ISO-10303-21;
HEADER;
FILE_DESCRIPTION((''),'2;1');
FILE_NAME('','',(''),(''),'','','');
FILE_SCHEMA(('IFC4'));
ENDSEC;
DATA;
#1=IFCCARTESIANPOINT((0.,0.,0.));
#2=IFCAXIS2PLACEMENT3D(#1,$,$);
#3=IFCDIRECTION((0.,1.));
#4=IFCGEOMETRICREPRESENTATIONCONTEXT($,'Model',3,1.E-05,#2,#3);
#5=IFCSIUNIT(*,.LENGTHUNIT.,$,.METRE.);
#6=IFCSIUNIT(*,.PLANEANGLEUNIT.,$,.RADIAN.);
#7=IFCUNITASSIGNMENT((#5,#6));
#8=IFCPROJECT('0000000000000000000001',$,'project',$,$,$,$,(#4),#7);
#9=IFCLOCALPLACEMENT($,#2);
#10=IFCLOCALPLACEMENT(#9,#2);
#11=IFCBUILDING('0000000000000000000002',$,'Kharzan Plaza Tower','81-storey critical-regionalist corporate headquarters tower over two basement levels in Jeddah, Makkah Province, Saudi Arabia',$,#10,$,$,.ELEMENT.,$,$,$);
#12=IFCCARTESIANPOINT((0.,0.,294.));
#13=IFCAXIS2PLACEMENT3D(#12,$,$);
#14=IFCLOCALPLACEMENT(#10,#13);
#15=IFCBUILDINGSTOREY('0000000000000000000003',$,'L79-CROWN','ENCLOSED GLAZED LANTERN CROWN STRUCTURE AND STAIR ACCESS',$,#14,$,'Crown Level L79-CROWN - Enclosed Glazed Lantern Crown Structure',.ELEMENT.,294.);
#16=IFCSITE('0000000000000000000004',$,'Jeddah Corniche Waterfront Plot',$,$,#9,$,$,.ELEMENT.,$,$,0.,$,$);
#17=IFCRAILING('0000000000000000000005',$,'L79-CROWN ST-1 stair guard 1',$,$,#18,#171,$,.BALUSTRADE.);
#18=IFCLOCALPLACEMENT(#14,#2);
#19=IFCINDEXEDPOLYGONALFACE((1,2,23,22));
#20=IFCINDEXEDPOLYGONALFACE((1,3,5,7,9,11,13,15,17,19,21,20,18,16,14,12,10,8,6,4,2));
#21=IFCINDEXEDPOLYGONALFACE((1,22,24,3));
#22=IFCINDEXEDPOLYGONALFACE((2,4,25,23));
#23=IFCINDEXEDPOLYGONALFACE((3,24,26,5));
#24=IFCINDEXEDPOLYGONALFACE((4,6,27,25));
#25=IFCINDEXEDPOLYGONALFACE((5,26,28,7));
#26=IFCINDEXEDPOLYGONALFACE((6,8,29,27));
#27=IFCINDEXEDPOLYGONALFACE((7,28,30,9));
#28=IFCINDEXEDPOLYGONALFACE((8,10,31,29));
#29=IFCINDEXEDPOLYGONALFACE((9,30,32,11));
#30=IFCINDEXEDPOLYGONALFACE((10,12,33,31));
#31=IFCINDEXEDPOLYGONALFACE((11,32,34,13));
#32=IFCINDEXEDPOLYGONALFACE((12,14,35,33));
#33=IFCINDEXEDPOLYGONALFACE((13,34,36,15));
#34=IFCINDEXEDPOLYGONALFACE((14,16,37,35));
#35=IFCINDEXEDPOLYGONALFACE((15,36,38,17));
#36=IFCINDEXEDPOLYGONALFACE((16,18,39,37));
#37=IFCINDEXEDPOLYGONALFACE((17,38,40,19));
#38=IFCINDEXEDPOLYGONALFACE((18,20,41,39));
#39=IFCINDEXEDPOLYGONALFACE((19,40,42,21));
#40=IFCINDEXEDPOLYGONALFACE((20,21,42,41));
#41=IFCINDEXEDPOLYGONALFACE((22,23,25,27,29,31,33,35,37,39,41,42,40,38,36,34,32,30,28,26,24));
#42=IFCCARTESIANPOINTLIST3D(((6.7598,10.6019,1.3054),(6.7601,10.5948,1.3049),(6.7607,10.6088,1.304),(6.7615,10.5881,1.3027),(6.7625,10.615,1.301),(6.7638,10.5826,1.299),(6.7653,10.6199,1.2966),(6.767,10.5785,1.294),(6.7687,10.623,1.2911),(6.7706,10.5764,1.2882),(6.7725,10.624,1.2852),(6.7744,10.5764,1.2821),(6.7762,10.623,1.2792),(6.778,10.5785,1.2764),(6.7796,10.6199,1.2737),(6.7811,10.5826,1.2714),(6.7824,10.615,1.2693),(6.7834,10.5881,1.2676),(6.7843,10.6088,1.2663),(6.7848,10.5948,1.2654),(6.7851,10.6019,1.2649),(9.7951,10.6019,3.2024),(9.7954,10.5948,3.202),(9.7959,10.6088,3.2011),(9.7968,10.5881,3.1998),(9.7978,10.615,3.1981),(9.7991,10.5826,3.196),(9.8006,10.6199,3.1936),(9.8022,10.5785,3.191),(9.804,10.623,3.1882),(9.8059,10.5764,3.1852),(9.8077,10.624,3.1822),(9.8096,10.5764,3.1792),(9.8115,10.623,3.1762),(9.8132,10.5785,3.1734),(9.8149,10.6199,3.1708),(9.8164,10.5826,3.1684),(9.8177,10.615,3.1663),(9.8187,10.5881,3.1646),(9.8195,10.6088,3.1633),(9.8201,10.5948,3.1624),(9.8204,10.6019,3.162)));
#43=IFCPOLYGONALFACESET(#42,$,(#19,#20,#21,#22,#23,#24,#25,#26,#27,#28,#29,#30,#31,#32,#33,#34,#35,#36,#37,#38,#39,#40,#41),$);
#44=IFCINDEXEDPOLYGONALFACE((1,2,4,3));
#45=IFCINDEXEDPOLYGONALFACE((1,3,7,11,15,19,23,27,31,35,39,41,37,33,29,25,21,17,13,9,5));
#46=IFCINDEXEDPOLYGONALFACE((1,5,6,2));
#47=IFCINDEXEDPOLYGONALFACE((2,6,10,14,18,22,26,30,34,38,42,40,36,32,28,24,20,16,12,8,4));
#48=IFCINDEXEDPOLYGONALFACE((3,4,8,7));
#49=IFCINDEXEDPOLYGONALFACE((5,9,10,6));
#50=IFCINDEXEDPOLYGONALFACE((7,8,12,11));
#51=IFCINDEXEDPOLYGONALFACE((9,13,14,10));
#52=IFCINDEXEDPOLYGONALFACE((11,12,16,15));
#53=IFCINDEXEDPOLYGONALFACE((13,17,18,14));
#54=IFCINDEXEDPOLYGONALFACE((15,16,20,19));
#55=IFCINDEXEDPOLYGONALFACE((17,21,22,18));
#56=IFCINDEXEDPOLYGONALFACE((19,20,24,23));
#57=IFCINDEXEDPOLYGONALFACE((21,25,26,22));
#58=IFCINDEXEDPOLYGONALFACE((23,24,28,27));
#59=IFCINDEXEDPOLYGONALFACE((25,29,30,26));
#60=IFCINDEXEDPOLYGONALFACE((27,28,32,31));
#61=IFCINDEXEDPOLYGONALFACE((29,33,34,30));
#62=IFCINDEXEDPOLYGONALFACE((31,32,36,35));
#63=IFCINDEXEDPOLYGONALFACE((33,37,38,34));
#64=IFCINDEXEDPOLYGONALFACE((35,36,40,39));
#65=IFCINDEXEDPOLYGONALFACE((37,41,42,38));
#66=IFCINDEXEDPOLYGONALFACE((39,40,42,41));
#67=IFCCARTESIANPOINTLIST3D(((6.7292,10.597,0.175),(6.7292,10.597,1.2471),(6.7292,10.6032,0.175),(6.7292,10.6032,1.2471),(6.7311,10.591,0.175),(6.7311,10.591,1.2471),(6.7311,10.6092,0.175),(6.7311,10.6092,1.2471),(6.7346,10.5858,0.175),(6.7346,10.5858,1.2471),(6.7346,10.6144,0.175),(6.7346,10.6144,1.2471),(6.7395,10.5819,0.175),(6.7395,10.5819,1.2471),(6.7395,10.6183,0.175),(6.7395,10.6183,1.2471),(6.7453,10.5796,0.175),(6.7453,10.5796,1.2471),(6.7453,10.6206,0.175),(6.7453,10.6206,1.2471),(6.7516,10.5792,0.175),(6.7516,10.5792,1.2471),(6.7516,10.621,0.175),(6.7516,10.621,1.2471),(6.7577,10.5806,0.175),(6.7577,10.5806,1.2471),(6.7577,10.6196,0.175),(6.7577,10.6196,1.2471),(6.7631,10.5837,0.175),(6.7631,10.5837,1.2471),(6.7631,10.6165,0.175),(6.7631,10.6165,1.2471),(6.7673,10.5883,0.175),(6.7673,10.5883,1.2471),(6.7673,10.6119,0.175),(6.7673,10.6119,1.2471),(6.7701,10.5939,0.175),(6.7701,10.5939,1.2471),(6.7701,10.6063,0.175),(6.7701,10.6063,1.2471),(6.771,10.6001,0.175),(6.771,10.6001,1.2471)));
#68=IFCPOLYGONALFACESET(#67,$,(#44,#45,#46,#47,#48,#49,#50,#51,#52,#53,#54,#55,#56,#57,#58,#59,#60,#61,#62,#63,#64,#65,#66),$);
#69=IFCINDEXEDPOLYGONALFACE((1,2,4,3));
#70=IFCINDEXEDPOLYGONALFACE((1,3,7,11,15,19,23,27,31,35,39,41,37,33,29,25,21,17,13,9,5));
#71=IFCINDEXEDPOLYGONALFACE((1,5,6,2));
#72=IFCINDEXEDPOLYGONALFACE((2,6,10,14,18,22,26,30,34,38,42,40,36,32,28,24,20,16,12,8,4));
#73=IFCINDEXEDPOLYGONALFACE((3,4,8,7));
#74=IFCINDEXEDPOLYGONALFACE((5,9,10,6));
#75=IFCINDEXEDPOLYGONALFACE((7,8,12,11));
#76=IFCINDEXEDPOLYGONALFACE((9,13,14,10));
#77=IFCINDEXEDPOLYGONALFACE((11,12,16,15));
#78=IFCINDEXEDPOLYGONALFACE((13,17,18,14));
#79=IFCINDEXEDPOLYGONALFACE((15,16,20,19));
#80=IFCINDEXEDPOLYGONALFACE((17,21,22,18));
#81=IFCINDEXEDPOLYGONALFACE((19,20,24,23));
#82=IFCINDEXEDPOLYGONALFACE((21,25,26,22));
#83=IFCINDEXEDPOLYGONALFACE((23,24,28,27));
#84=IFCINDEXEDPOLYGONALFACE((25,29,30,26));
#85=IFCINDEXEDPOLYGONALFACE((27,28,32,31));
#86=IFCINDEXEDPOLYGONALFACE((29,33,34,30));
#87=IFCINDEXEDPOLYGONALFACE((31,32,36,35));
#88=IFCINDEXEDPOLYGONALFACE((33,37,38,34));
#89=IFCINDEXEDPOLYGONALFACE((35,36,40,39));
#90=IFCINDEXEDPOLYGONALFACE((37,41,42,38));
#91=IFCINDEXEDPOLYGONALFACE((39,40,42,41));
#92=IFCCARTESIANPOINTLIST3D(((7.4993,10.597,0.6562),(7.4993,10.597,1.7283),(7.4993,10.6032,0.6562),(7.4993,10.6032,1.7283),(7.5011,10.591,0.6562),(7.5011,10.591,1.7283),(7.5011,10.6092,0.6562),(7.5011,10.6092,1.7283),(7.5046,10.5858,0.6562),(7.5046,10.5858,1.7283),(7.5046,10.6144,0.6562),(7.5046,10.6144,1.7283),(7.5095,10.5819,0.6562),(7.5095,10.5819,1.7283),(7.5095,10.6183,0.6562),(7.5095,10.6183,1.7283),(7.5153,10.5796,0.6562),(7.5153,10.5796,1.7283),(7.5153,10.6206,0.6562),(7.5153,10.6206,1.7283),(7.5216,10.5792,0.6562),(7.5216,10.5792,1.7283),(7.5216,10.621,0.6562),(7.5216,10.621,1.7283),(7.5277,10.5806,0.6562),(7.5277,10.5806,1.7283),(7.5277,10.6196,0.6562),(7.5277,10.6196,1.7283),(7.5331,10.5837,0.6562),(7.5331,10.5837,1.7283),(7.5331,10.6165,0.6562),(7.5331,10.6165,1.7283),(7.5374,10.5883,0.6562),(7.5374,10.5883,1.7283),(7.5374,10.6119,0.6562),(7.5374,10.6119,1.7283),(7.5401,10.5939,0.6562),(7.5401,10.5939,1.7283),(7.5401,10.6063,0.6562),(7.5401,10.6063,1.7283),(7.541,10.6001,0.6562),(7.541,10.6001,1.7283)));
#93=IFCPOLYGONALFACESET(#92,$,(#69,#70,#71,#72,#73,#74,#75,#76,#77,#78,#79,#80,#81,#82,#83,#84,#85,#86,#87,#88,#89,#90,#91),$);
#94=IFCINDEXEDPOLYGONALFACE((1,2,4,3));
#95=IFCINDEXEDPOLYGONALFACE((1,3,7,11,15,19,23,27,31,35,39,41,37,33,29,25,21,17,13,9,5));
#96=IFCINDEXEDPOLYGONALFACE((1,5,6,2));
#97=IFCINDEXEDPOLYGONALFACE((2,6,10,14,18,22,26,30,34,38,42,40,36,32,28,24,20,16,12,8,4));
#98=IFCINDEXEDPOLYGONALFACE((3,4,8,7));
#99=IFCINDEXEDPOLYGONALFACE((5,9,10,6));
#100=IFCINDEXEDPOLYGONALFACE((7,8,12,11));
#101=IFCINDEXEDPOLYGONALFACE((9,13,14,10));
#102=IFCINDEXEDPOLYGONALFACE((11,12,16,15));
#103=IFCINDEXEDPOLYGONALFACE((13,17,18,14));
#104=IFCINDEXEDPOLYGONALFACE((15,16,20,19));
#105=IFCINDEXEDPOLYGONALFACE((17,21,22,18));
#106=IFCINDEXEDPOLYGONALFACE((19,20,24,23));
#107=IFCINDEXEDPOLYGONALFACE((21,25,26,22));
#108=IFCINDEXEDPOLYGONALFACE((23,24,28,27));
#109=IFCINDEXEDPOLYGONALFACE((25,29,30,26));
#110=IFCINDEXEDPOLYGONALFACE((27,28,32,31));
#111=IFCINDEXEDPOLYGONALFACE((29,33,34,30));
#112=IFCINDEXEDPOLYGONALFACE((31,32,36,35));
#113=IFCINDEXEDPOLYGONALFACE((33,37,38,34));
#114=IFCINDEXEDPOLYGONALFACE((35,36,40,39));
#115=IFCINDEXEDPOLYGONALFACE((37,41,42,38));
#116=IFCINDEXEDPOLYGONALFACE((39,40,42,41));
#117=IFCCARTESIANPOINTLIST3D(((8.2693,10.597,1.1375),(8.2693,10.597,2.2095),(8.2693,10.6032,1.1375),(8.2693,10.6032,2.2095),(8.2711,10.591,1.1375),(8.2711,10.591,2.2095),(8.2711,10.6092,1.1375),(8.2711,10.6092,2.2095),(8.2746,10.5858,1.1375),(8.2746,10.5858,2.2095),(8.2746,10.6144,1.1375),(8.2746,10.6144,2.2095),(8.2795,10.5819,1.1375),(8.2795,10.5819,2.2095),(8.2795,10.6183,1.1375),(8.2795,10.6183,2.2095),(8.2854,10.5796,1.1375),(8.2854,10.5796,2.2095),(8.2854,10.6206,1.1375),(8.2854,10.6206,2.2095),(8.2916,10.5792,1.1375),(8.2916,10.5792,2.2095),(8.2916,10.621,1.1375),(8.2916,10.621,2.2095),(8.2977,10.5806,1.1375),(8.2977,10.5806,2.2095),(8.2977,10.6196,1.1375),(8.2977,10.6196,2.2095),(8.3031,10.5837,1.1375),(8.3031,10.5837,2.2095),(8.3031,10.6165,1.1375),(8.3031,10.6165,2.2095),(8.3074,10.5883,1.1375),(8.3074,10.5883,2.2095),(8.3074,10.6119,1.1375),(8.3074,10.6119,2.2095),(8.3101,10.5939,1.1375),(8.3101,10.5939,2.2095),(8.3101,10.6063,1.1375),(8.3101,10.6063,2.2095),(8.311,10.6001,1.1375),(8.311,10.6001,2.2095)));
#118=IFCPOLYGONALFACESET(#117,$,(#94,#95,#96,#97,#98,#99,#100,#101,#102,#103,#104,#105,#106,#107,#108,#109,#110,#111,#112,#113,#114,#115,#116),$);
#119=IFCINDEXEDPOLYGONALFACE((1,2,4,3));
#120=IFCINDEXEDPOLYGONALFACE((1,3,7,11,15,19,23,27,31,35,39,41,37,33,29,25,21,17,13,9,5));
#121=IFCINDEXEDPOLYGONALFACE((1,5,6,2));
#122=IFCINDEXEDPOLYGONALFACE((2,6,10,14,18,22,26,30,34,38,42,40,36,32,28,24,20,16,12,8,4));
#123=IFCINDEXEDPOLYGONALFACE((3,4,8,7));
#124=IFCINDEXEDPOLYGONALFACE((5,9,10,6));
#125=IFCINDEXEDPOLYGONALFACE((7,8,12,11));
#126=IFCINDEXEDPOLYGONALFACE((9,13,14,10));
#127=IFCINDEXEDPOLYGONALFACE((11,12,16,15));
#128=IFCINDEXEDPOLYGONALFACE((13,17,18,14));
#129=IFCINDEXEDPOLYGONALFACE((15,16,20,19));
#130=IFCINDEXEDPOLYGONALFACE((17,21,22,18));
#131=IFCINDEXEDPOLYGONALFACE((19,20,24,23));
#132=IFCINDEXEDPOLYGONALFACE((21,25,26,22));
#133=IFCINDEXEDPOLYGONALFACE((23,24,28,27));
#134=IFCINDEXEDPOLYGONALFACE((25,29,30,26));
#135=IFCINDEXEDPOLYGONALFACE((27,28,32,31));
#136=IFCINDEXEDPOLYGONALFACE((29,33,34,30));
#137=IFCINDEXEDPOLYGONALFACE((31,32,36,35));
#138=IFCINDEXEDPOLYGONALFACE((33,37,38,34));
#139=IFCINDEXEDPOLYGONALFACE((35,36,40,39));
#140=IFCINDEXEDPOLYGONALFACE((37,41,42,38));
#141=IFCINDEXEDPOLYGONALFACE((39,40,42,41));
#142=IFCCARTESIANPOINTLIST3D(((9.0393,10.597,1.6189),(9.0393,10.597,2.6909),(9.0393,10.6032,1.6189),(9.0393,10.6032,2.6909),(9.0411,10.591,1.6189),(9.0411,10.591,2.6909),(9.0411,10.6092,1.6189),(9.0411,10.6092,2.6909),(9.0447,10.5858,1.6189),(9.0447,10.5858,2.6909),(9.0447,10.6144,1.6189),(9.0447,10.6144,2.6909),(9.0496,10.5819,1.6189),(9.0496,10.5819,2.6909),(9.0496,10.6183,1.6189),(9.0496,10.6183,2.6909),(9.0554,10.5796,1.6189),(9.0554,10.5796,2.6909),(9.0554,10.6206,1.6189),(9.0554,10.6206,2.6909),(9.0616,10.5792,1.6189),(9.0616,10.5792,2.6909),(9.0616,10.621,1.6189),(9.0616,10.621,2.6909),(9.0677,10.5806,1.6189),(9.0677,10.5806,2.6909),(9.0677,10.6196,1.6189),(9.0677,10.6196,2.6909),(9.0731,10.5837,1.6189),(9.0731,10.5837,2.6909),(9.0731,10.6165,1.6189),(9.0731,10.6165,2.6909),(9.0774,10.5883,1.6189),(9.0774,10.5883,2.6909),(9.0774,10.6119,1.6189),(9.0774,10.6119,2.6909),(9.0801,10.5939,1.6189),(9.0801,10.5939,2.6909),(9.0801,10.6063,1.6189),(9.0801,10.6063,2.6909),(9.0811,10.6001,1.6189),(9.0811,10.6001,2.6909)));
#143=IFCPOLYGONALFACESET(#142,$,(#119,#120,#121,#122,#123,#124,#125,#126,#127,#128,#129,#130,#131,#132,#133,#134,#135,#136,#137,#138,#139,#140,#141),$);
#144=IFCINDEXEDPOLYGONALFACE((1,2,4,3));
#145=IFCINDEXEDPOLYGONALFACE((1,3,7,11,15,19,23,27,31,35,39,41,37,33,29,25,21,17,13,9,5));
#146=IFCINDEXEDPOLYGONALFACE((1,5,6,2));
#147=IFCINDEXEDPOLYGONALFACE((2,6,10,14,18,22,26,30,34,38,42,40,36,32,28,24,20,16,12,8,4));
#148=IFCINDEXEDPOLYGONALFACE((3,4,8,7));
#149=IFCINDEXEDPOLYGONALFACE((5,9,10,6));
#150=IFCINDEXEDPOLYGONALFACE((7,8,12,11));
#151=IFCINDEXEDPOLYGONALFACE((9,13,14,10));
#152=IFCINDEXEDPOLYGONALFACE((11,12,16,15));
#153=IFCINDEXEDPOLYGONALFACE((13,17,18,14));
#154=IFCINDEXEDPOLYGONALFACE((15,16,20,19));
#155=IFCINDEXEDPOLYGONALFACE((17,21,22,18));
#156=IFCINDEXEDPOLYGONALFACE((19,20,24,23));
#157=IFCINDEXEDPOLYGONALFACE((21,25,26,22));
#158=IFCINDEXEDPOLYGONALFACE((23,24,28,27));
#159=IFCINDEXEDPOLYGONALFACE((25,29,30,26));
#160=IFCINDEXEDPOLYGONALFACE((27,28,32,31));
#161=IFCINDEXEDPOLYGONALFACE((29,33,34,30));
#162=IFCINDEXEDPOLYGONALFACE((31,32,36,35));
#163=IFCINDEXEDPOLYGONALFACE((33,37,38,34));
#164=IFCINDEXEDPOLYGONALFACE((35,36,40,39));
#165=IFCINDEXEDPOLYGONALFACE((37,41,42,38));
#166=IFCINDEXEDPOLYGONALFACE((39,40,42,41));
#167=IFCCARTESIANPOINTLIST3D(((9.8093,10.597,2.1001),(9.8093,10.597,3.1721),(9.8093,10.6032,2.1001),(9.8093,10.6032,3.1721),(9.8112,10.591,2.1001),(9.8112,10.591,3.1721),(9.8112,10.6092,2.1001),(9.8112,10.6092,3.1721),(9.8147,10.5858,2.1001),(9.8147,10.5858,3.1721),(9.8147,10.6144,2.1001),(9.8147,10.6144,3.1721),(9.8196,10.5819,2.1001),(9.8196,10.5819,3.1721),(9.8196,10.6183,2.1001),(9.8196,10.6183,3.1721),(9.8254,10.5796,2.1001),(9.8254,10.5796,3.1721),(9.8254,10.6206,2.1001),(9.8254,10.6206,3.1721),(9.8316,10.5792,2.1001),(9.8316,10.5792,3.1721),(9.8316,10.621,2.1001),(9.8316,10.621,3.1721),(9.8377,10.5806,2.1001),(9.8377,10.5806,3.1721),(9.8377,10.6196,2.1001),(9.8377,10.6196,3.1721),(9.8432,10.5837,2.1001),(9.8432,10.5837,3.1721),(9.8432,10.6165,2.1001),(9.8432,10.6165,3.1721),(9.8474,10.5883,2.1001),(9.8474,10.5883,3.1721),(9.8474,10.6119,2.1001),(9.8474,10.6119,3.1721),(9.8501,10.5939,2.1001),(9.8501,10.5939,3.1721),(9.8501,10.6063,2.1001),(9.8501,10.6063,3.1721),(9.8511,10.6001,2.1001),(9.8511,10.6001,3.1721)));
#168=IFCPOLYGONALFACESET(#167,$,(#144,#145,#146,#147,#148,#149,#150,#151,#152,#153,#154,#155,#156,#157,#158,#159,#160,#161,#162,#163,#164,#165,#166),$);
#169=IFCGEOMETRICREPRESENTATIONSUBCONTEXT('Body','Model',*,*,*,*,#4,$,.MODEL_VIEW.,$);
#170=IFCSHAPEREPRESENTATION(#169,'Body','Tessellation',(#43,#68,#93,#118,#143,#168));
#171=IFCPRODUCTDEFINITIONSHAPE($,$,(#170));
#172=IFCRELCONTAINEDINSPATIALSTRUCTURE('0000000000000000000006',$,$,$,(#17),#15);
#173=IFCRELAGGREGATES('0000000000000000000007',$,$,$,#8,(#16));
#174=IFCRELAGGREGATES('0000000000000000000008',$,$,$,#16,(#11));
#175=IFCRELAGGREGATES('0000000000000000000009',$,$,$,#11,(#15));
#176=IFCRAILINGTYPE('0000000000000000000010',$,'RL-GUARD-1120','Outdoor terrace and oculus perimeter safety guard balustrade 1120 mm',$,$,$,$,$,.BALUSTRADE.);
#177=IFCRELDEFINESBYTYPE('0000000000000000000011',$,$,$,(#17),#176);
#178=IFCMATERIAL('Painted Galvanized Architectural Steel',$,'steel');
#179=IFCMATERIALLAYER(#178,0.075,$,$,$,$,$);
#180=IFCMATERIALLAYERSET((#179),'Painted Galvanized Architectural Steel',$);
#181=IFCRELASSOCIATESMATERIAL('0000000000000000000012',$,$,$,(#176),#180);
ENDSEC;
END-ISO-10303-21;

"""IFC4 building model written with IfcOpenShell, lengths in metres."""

from ifc_helpers import new_model, si_unit, direction, frame, origin, origin_2d, place, context, subcontext, project, spatial, circle, extrude, source, transform, mapped, material, layer, layer_set, type_object, element, save


model = new_model("IFC4")

# Units and contexts
model_context = context("Model", 3, precision=1e-05, world=origin(), true_north=direction((0.0, 1.0)))
body_context = subcontext(model_context, "Body", "Model", "MODEL_VIEW")
ifc_project = project(units=[si_unit("LENGTHUNIT", "METRE"), si_unit("PLANEANGLEUNIT", "RADIAN")], contexts=[model_context])

# Site, building, storey
site_placement = place(None, origin())
site = spatial("IfcSite", under=ifc_project, at=site_placement, Name="Jeddah Corniche Waterfront Plot", CompositionType="ELEMENT", RefElevation=0.0)
building_placement = place(site_placement, origin())
building = spatial("IfcBuilding", under=site, at=building_placement, Name="Kharzan Plaza Tower", Description="81-storey critical-regionalist corporate headquarters tower over two basement levels in Jeddah, Makkah Province, Saudi Arabia", CompositionType="ELEMENT")
storey_placement = place(building_placement, frame((0.0, 0.0, 294.0)))
storey = spatial("IfcBuildingStorey", under=building, at=storey_placement, Name="L79-CROWN", Description="ENCLOSED GLAZED LANTERN CROWN STRUCTURE AND STAIR ACCESS", LongName="Crown Level L79-CROWN - Enclosed Glazed Lantern Crown Structure", CompositionType="ELEMENT", Elevation=294.0)

# Railing
ifc_material_1 = material(Name="Painted Galvanized Architectural Steel", Category="steel")
ifc_layer_1 = layer(ifc_material_1, 0.075)
ifc_layer_set_1 = layer_set([ifc_layer_1], Name="Painted Galvanized Architectural Steel")
railing_type_1 = type_object("IfcRailingType", Name="RL-GUARD-1120", Description="Outdoor terrace and oculus perimeter safety guard balustrade 1120 mm", PredefinedType="BALUSTRADE", material=ifc_layer_set_1)
shared_shape_1 = source(origin(), body_context, "Body", "SweptSolid", [
    extrude(circle(Radius=0.0239, at=origin_2d()), frame((0.0225, 0.0, 1.1101), z_axis=(0.847998, 0.0, 0.529999), x_axis=(0.0, 1.0, 0.0)), (0.0, 0.0, 1.0), 3.5793),
    extrude(circle(Radius=0.021, at=origin_2d()), origin(), (0.0, 0.0, 1.0), 1.072),
    extrude(circle(Radius=0.021, at=origin_2d()), frame((0.77, 0.0, 0.4812)), (0.0, 0.0, 1.0), 1.072),
    extrude(circle(Radius=0.021, at=origin_2d()), frame((1.54, 0.0, 0.9624)), (0.0, 0.0, 1.0), 1.072),
    extrude(circle(Radius=0.021, at=origin_2d()), frame((2.3101, 0.0, 1.4438)), (0.0, 0.0, 1.0), 1.072),
    extrude(circle(Radius=0.021, at=origin_2d()), frame((3.0801, 0.0, 1.925)), (0.0, 0.0, 1.0), 1.072),
])
railing_1_placement = place(storey_placement, frame((6.75, 10.6001, 0.175)))
element("IfcRailing", 1, at=railing_1_placement, inside=storey, type_object=railing_type_1, Name="L79-CROWN ST-1 stair guard 1", PredefinedType="BALUSTRADE", context=body_context, shape_type="MappedRepresentation", body=[
    mapped(shared_shape_1, transform((0.0, 0.0, 0.0), x_axis=(1.0, 0.0, 0.0), y_axis=(0.0, 1.0, 0.0), z_axis=(0.0, 0.0, 1.0))),
])

save(model, "model.ifc")
